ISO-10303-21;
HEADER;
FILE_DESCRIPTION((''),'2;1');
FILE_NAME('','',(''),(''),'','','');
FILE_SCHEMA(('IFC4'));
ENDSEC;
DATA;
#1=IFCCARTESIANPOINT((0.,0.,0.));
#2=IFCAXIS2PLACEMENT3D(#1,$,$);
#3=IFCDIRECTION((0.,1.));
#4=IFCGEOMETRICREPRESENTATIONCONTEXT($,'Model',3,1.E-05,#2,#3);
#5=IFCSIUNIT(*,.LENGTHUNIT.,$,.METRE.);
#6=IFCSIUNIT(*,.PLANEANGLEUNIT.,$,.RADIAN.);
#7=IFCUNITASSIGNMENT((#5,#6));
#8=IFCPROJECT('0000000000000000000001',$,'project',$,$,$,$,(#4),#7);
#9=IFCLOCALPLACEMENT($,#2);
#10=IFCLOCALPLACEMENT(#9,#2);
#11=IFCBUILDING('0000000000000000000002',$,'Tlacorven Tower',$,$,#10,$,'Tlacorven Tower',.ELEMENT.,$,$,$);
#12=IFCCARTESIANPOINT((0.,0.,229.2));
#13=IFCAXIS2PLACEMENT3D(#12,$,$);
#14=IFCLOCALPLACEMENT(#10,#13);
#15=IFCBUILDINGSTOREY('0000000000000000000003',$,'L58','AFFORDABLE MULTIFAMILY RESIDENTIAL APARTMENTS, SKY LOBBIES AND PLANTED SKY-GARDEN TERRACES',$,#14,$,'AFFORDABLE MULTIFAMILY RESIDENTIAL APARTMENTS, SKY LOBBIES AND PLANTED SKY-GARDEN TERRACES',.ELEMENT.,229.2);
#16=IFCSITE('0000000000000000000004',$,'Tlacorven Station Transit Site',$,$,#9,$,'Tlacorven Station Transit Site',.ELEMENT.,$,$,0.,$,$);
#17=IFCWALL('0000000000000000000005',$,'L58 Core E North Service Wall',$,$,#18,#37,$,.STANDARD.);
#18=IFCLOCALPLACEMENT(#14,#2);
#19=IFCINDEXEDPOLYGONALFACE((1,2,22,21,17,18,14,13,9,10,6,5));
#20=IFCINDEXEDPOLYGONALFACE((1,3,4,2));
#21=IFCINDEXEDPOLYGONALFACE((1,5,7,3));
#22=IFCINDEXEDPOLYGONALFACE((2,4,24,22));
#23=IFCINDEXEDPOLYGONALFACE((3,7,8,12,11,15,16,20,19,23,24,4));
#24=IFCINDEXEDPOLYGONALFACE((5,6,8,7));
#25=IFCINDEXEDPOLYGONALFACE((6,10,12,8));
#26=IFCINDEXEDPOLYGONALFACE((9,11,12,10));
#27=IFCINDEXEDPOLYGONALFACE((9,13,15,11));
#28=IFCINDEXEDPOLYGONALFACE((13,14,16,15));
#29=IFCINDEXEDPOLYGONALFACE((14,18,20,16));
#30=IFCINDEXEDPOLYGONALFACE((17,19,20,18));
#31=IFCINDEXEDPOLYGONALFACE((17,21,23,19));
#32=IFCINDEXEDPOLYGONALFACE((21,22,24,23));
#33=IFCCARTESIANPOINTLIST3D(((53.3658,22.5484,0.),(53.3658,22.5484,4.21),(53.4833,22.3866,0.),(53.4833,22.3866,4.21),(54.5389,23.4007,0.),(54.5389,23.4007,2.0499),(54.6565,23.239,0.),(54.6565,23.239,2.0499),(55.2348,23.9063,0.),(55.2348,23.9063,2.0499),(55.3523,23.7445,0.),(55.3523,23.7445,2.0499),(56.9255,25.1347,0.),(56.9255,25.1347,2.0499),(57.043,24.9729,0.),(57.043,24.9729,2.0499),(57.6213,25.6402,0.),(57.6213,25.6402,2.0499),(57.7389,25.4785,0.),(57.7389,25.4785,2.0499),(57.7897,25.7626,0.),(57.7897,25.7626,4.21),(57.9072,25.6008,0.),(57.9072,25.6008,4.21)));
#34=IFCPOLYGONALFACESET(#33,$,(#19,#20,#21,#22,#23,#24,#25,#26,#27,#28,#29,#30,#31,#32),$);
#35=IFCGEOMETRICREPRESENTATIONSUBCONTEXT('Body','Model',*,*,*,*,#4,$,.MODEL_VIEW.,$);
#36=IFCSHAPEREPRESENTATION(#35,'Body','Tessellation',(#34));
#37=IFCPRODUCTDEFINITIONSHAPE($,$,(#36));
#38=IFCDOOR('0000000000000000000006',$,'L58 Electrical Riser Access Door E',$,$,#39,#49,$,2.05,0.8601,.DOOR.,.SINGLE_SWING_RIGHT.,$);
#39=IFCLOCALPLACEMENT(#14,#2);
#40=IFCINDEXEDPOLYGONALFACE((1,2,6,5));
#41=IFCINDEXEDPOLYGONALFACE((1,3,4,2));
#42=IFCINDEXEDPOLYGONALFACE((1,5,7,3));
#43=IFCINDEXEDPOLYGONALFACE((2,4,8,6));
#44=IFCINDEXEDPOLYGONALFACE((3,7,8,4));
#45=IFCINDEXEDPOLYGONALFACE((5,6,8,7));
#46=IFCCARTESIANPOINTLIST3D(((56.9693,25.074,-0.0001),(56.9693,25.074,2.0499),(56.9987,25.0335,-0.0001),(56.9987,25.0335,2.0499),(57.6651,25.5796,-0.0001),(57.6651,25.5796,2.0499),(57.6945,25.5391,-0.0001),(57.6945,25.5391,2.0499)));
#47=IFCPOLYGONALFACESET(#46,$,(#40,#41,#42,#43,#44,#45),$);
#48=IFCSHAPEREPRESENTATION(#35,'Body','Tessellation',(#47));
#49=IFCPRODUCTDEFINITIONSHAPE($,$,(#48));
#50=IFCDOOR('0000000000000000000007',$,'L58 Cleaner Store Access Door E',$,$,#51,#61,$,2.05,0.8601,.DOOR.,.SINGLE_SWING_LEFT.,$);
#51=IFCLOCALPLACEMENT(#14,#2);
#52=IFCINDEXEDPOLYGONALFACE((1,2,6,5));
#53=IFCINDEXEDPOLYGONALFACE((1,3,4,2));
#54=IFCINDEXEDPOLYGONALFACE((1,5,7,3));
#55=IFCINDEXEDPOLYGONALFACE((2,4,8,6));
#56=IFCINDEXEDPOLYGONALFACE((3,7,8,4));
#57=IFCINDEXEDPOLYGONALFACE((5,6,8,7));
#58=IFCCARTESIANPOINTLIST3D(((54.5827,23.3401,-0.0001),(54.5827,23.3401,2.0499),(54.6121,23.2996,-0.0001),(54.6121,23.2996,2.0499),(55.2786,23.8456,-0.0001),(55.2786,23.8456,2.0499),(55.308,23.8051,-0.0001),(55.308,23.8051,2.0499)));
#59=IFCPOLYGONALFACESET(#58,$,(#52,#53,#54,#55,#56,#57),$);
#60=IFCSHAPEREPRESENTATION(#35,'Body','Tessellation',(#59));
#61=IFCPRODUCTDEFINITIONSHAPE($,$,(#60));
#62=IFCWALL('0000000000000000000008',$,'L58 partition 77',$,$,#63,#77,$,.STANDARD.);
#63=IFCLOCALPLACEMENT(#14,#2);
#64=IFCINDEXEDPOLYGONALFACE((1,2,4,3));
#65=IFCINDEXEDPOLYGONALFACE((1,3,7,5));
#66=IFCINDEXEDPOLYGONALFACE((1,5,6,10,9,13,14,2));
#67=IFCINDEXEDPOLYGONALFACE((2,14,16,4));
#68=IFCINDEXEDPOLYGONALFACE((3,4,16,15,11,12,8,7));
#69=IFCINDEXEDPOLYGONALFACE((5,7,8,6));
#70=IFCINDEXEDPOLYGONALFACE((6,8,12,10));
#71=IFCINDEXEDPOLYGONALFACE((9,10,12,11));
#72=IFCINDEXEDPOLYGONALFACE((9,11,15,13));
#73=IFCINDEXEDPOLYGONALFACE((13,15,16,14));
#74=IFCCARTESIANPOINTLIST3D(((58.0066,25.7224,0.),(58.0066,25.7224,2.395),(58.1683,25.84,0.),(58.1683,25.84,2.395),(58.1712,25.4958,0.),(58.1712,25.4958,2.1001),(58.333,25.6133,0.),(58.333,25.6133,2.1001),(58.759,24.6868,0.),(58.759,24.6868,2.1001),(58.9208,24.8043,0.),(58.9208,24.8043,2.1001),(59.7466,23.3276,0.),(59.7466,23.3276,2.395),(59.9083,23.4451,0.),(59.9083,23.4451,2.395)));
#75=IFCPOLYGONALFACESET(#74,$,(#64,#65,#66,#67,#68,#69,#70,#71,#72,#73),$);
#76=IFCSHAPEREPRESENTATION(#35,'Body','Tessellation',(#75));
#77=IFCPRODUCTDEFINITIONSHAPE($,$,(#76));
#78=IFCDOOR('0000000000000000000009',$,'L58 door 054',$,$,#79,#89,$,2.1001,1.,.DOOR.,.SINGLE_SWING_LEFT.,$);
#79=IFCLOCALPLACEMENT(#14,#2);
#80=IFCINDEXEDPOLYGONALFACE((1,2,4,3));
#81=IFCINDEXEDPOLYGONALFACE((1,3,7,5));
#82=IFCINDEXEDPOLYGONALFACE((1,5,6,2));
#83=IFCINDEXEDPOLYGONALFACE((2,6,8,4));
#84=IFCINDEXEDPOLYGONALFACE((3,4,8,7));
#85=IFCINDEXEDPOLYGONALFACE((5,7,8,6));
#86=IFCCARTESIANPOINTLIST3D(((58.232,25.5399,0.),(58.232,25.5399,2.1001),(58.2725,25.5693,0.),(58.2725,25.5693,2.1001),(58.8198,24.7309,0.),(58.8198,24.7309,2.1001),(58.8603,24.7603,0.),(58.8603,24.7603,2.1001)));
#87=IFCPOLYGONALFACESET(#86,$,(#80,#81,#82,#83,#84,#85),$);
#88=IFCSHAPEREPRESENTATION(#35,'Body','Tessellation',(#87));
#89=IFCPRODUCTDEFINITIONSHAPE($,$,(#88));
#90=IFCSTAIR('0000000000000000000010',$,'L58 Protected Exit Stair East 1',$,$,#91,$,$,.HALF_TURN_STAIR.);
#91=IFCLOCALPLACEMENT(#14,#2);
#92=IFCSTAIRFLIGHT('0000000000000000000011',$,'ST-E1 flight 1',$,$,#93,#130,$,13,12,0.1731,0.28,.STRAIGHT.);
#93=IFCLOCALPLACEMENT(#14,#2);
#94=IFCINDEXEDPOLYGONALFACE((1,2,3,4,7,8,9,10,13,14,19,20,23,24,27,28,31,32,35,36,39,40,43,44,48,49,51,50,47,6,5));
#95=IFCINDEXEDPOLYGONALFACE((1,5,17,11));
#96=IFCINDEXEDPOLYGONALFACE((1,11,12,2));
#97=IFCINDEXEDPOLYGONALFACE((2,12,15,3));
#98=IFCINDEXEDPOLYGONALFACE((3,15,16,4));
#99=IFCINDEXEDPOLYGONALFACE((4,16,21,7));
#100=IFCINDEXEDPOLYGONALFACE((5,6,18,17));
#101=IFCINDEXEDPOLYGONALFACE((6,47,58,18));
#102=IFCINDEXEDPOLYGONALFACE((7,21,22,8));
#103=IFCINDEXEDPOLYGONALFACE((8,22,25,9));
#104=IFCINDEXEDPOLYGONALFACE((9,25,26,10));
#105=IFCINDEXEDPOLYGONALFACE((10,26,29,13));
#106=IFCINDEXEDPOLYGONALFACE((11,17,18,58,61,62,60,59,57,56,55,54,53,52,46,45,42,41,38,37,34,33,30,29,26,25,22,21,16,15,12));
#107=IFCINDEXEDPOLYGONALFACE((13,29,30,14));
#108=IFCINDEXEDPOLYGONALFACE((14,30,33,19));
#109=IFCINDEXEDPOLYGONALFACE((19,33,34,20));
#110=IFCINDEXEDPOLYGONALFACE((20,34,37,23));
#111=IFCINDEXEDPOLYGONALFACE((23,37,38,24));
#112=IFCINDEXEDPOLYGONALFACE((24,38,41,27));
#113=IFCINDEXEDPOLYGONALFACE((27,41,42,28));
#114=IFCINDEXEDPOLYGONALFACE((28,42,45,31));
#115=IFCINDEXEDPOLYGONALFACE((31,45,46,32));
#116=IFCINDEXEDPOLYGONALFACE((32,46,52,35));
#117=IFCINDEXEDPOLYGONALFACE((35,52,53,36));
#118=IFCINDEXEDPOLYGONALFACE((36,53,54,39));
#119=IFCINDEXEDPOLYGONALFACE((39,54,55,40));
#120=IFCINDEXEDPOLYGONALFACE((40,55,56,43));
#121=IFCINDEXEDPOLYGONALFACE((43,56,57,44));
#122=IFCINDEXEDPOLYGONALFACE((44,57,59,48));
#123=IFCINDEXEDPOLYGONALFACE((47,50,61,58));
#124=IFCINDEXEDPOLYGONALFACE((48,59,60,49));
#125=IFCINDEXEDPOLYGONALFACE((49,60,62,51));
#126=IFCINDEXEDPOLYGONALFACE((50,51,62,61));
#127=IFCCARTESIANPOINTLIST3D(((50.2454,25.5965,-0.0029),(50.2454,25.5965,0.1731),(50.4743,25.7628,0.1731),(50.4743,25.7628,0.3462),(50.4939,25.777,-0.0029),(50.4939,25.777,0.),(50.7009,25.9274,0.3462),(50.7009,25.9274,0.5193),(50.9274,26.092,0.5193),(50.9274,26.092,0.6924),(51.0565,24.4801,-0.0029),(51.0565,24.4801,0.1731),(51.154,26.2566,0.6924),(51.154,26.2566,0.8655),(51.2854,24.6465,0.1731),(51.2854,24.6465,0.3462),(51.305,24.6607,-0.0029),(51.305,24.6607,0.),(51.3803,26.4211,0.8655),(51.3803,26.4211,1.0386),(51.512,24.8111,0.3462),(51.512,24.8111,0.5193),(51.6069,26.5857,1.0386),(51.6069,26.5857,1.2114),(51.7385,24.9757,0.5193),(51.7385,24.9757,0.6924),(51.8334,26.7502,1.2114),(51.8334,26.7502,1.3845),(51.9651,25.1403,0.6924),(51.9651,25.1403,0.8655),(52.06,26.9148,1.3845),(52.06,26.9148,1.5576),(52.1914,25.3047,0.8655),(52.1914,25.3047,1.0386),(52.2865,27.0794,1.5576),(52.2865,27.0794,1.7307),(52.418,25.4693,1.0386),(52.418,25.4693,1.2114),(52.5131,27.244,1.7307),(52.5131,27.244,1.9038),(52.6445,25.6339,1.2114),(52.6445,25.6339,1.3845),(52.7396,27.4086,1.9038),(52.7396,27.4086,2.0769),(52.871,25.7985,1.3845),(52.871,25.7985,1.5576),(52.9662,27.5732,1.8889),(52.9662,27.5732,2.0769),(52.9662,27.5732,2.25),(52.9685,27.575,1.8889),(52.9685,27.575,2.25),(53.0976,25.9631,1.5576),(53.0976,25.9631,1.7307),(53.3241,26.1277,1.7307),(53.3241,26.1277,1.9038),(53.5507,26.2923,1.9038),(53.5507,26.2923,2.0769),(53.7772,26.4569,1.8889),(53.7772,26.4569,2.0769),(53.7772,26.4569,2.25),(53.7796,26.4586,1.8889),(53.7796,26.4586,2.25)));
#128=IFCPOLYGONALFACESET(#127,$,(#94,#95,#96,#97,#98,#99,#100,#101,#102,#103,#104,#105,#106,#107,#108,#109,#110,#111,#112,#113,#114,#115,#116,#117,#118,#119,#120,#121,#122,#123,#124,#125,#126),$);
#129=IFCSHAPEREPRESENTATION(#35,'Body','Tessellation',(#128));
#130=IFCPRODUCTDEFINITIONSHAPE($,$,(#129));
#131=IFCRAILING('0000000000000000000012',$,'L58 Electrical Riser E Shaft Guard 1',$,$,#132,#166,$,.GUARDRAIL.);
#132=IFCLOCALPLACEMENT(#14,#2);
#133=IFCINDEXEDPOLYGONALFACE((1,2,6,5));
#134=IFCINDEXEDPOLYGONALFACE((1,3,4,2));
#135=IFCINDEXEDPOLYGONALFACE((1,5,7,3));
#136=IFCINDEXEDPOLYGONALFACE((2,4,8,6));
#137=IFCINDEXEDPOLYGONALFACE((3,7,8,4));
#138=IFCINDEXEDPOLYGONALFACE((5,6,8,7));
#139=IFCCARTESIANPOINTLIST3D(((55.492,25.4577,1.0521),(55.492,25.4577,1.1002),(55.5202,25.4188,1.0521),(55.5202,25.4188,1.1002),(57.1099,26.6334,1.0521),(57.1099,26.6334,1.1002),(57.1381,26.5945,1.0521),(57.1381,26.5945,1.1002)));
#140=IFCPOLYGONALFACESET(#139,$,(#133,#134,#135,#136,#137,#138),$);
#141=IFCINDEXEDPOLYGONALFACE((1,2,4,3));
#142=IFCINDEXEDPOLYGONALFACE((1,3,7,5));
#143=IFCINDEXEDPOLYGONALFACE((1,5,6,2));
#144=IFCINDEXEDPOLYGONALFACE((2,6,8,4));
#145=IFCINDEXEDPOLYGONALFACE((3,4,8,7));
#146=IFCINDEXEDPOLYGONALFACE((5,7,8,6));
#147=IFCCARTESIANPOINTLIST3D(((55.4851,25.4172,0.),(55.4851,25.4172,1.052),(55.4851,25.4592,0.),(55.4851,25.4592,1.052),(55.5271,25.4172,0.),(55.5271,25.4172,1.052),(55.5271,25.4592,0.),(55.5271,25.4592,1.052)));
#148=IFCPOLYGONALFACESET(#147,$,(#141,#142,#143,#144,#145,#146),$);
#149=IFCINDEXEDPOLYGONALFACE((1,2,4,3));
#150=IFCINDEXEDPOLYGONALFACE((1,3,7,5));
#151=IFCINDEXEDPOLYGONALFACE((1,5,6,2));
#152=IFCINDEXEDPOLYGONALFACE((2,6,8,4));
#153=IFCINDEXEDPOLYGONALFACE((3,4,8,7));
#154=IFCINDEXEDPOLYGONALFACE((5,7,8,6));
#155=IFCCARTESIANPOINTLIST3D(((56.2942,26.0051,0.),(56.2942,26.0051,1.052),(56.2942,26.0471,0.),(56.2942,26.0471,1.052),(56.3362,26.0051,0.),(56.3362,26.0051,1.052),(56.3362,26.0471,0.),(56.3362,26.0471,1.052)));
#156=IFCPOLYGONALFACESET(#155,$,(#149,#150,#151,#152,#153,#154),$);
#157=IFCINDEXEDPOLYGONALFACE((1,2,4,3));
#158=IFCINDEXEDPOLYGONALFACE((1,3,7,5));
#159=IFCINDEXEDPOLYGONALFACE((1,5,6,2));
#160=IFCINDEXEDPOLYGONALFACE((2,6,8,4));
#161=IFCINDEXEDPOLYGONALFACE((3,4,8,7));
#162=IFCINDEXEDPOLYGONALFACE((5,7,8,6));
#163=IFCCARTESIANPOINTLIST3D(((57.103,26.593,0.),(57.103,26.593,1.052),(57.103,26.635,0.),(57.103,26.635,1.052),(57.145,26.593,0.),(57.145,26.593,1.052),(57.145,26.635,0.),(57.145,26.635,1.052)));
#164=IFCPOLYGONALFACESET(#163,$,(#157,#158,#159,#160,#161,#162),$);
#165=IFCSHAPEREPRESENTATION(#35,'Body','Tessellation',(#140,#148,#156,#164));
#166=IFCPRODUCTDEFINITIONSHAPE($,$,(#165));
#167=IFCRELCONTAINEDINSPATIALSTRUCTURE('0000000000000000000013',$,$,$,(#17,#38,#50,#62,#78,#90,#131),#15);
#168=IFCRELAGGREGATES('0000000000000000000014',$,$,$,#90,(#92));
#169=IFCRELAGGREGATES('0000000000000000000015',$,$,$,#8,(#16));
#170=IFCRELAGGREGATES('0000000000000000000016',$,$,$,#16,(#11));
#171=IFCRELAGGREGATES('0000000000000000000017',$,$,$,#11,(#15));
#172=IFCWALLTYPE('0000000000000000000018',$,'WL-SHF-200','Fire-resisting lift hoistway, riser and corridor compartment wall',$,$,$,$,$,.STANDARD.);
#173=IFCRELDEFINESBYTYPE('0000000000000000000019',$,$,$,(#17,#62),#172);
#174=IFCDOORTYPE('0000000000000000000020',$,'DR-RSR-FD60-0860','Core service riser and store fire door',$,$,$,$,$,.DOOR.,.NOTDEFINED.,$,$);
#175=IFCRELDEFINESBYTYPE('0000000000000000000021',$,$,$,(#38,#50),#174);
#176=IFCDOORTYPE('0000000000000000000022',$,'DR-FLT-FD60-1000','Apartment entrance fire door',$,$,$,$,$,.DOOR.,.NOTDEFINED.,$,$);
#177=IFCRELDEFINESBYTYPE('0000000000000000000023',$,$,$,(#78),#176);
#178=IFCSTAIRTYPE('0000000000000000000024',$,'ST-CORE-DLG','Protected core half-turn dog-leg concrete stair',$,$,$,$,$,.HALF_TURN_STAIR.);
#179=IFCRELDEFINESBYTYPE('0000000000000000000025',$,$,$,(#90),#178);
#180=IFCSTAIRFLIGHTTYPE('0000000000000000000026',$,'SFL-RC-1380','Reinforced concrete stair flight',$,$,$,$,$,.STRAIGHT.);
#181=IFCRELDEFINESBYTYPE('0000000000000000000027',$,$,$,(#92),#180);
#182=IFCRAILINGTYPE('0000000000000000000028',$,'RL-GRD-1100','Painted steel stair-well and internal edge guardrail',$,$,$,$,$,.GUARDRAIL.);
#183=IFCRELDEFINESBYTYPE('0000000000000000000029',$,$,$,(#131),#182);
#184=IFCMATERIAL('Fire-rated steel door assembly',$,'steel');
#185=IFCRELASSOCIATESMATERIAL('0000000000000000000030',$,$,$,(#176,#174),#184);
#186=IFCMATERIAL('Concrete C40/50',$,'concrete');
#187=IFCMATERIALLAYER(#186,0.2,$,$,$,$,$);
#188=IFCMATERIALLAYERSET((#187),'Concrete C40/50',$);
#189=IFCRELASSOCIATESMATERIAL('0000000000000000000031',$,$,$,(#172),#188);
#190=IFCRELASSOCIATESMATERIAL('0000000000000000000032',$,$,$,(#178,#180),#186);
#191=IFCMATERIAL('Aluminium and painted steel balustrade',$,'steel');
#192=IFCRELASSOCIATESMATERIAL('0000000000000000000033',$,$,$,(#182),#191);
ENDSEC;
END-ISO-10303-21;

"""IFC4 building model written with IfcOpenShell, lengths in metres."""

from ifc_helpers import new_model, si_unit, direction, frame, frame_2d, origin, origin_2d, place, context, subcontext, project, spatial, polyline, rectangle, outline, extrude, source, transform, mapped, material, layer, layer_set, type_object, element, fill, aggregate, save


model = new_model("IFC4")

# Units and contexts
model_context = context("Model", 3, precision=1e-05, world=origin(), true_north=direction((0.0, 1.0)))
body_context = subcontext(model_context, "Body", "Model", "MODEL_VIEW")
ifc_project = project(units=[si_unit("LENGTHUNIT", "METRE"), si_unit("PLANEANGLEUNIT", "RADIAN")], contexts=[model_context])

# Site, building, storey
site_placement = place(None, origin())
site = spatial("IfcSite", under=ifc_project, at=site_placement, Name="Tlacorven Station Transit Site", LongName="Tlacorven Station Transit Site", CompositionType="ELEMENT", RefElevation=0.0)
building_placement = place(site_placement, origin())
building = spatial("IfcBuilding", under=site, at=building_placement, Name="Tlacorven Tower", LongName="Tlacorven Tower", CompositionType="ELEMENT")
storey_placement = place(building_placement, frame((0.0, 0.0, 229.2)))
storey = spatial("IfcBuildingStorey", under=building, at=storey_placement, Name="L58", Description="AFFORDABLE MULTIFAMILY RESIDENTIAL APARTMENTS, SKY LOBBIES AND PLANTED SKY-GARDEN TERRACES", LongName="AFFORDABLE MULTIFAMILY RESIDENTIAL APARTMENTS, SKY LOBBIES AND PLANTED SKY-GARDEN TERRACES", CompositionType="ELEMENT", Elevation=229.2)

# Shared definitions
ifc_material_1 = material(Name="Fire-rated steel door assembly", Category="steel")
door_type_1 = type_object("IfcDoorType", Name="DR-FLT-FD60-1000", Description="Apartment entrance fire door", OperationType="NOTDEFINED", PredefinedType="DOOR", material=ifc_material_1)
shared_shape_1 = source(origin(), body_context, "Body", "SweptSolid", [
    extrude(rectangle(XDim=1.0, YDim=2.1001, at=frame_2d((0.5, 1.05))), frame((0.0, 0.0249, 0.0), z_axis=(0.0, -1.0, 0.0), x_axis=(1.0, 0.0, 0.0)), (0.0, 0.0, 1.0), 0.05),
])

# Shared definitions
ifc_material_2 = material(Name="Concrete C40/50", Category="concrete")
ifc_layer_1 = layer(ifc_material_2, 0.2)
ifc_layer_set_1 = layer_set([ifc_layer_1], Name="Concrete C40/50")
wall_type_1 = type_object("IfcWallType", Name="WL-SHF-200", Description="Fire-resisting lift hoistway, riser and corridor compartment wall", PredefinedType="STANDARD", material=ifc_layer_set_1)

# Wall, openings, doors
wall_1_placement = place(storey_placement, frame((53.4246, 22.4675, 0.0), z_axis=(0.0, 0.0, 1.0), x_axis=(0.809016, 0.587787, 0.0)))
wall_1 = element("IfcWall", 1, at=wall_1_placement, inside=storey, type_object=wall_type_1, Name="L58 Core E North Service Wall", PredefinedType="STANDARD", context=body_context, shape_type="SweptSolid", body=[
    extrude(rectangle(XDim=5.4683, YDim=0.2, at=frame_2d((2.7341, 0.0))), origin(), (0.0, 0.0, 1.0), 4.21),
])
opening_1_placement = place(wall_1_placement, frame((4.3999, 0.0, 0.0)))
opening_1 = element("IfcOpeningElement", 2, at=opening_1_placement, cuts=wall_1, PredefinedType="OPENING", context=body_context, shape_type="SweptSolid", body=[
    extrude(rectangle(XDim=0.8601, YDim=2.05, at=frame_2d((0.4302, 1.0249))), frame((0.0, 0.1099, 0.0), z_axis=(0.0, -1.0, 0.0), x_axis=(1.0, 0.0, 0.0)), (0.0, 0.0, 1.0), 0.22),
])
opening_2_placement = place(wall_1_placement, frame((1.45, 0.0, 0.0)))
opening_2 = element("IfcOpeningElement", 3, at=opening_2_placement, cuts=wall_1, PredefinedType="OPENING", context=body_context, shape_type="SweptSolid", body=[
    extrude(rectangle(XDim=0.8601, YDim=2.05, at=frame_2d((0.4302, 1.0249))), frame((0.0, 0.1099, 0.0), z_axis=(0.0, -1.0, 0.0), x_axis=(1.0, 0.0, 0.0)), (0.0, 0.0, 1.0), 0.22),
])
door_type_2 = type_object("IfcDoorType", Name="DR-RSR-FD60-0860", Description="Core service riser and store fire door", OperationType="NOTDEFINED", PredefinedType="DOOR", material=ifc_material_1)
shared_shape_2 = source(origin(), body_context, "Body", "SweptSolid", [
    extrude(rectangle(XDim=0.8601, YDim=2.05, at=frame_2d((0.4302, 1.0249))), frame((0.0, 0.0249, 0.0), z_axis=(0.0, -1.0, 0.0), x_axis=(1.0, 0.0, 0.0)), (0.0, 0.0, 1.0), 0.05),
])
door_1_placement = place(opening_1_placement, frame((0.8601, 0.0, 0.0), z_axis=(0.0, 0.0, 1.0), x_axis=(-1.0, 0.0, 0.0)))
door_1 = element("IfcDoor", 4, at=door_1_placement, inside=storey, type_object=door_type_2, Name="L58 Electrical Riser Access Door E", OperationType="SINGLE_SWING_RIGHT", OverallHeight=2.05, OverallWidth=0.8601, PredefinedType="DOOR", context=body_context, shape_type="MappedRepresentation", body=[
    mapped(shared_shape_2, transform((0.0, 0.0, 0.0), scale=1.0)),
])
fill(opening_1, door_1)
door_2_placement = place(opening_2_placement, frame((0.8601, 0.0, 0.0), z_axis=(0.0, 0.0, 1.0), x_axis=(-1.0, 0.0, 0.0)))
door_2 = element("IfcDoor", 5, at=door_2_placement, inside=storey, type_object=door_type_2, Name="L58 Cleaner Store Access Door E", OperationType="SINGLE_SWING_LEFT", OverallHeight=2.05, OverallWidth=0.8601, PredefinedType="DOOR", context=body_context, shape_type="MappedRepresentation", body=[
    mapped(shared_shape_2, transform((0.0, 0.0, 0.0), scale=1.0)),
])
fill(opening_2, door_2)

# Wall, opening, door
wall_2_placement = place(storey_placement, frame((59.8274, 23.3865, 0.0), z_axis=(0.0, 0.0, 1.0), x_axis=(-0.587804, 0.809003, 0.0)))
wall_2 = element("IfcWall", 6, at=wall_2_placement, inside=storey, type_object=wall_type_1, Name="L58 partition 77", PredefinedType="STANDARD", context=body_context, shape_type="SweptSolid", body=[
    extrude(rectangle(XDim=2.9602, YDim=0.2, at=frame_2d((1.48, 0.0))), origin(), (0.0, 0.0, 1.0), 2.395),
])
opening_3_placement = place(wall_2_placement, frame((1.6799, 0.0, 0.0)))
opening_3 = element("IfcOpeningElement", 7, at=opening_3_placement, cuts=wall_2, PredefinedType="OPENING", context=body_context, shape_type="SweptSolid", body=[
    extrude(rectangle(XDim=1.0, YDim=2.1001, at=frame_2d((0.5, 1.05))), frame((0.0, 0.1099, 0.0), z_axis=(0.0, -1.0, 0.0), x_axis=(1.0, 0.0, 0.0)), (0.0, 0.0, 1.0), 0.22),
])
door_3_placement = place(opening_3_placement, origin())
door_3 = element("IfcDoor", 8, at=door_3_placement, inside=storey, type_object=door_type_1, Name="L58 door 054", OperationType="SINGLE_SWING_LEFT", OverallHeight=2.1001, OverallWidth=1.0, PredefinedType="DOOR", context=body_context, shape_type="MappedRepresentation", body=[
    mapped(shared_shape_1, transform((0.0, 0.0, 0.0), scale=1.0)),
])
fill(opening_3, door_3)

# Stair, stair flight
stair_type = type_object("IfcStairType", Name="ST-CORE-DLG", Description="Protected core half-turn dog-leg concrete stair", PredefinedType="HALF_TURN_STAIR", material=ifc_material_2)
stair_placement = place(storey_placement, origin())
stair = element("IfcStair", 9, at=stair_placement, inside=storey, type_object=stair_type, Name="L58 Protected Exit Stair East 1", PredefinedType="HALF_TURN_STAIR")
stair_flight_type = type_object("IfcStairFlightType", Name="SFL-RC-1380", Description="Reinforced concrete stair flight", PredefinedType="STRAIGHT", material=ifc_material_2)
shared_shape_3 = source(origin(), body_context, "Body", "SweptSolid", [
    extrude(outline(polyline([(-0.0029, -0.0029), (-0.0029, 0.1731), (0.28, 0.1731), (0.28, 0.3462), (0.5601, 0.3462), (0.5601, 0.5193), (0.8401, 0.5193), (0.8401, 0.6924), (1.1201, 0.6924), (1.1201, 0.8655), (1.3999, 0.8655), (1.3999, 1.0386), (1.6799, 1.0386), (1.6799, 1.2114), (1.96, 1.2114), (1.96, 1.3845), (2.24, 1.3845), (2.24, 1.5576), (2.52, 1.5576), (2.52, 1.7307), (2.8, 1.7307), (2.8, 1.9038), (3.0801, 1.9038), (3.0801, 2.0769), (3.3601, 2.0769), (3.3601, 2.25), (3.363, 2.25), (3.363, 1.8889), (3.3601, 1.8889), (0.3042, 0.0), (0.3042, -0.0029), (-0.0029, -0.0029)])), frame((0.0, 0.6899, 0.0), z_axis=(0.0, -1.0, 0.0), x_axis=(1.0, 0.0, 0.0)), (0.0, 0.0, 1.0), 1.3799),
])
stair_flight_placement = place(storey_placement, frame((50.6533, 25.04, 0.0), z_axis=(0.0, 0.0, 1.0), x_axis=(0.809017, 0.587785, 0.0)))
stair_flight = element("IfcStairFlight", 10, at=stair_flight_placement, type_object=stair_flight_type, Name="ST-E1 flight 1", NumberOfRisers=13, NumberOfTreads=12, PredefinedType="STRAIGHT", RiserHeight=0.1731, TreadLength=0.28, context=body_context, shape_type="MappedRepresentation", body=[
    mapped(shared_shape_3, transform((0.0, 0.0, 0.0), scale=1.0)),
])
aggregate(stair, [stair_flight])

# Railing
ifc_material_3 = material(Name="Aluminium and painted steel balustrade", Category="steel")
railing_type_1 = type_object("IfcRailingType", Name="RL-GRD-1100", Description="Painted steel stair-well and internal edge guardrail", PredefinedType="GUARDRAIL", material=ifc_material_3)
shared_shape_4 = source(origin(), body_context, "Body", "SweptSolid", [
    extrude(rectangle(XDim=0.0481, YDim=0.0481, at=origin_2d()), frame((0.0, 0.0, 1.0762), z_axis=(0.808947, 0.587881, 0.0), x_axis=(-0.587881, 0.808947, 0.0)), (0.0, 0.0, 1.0), 2.0),
    extrude(rectangle(XDim=0.042, YDim=0.042, at=origin_2d()), origin(), (0.0, 0.0, 1.0), 1.052),
    extrude(rectangle(XDim=0.042, YDim=0.042, at=origin_2d()), frame((0.8091, 0.5879, 0.0)), (0.0, 0.0, 1.0), 1.052),
    extrude(rectangle(XDim=0.042, YDim=0.042, at=origin_2d()), frame((1.6179, 1.1758, 0.0)), (0.0, 0.0, 1.0), 1.052),
])
railing_1_placement = place(storey_placement, frame((55.5061, 25.4382, 0.0)))
element("IfcRailing", 11, at=railing_1_placement, inside=storey, type_object=railing_type_1, Name="L58 Electrical Riser E Shaft Guard 1", PredefinedType="GUARDRAIL", context=body_context, shape_type="MappedRepresentation", body=[
    mapped(shared_shape_4, transform((0.0, 0.0, 0.0), scale=1.0)),
])

save(model, "model.ifc")
